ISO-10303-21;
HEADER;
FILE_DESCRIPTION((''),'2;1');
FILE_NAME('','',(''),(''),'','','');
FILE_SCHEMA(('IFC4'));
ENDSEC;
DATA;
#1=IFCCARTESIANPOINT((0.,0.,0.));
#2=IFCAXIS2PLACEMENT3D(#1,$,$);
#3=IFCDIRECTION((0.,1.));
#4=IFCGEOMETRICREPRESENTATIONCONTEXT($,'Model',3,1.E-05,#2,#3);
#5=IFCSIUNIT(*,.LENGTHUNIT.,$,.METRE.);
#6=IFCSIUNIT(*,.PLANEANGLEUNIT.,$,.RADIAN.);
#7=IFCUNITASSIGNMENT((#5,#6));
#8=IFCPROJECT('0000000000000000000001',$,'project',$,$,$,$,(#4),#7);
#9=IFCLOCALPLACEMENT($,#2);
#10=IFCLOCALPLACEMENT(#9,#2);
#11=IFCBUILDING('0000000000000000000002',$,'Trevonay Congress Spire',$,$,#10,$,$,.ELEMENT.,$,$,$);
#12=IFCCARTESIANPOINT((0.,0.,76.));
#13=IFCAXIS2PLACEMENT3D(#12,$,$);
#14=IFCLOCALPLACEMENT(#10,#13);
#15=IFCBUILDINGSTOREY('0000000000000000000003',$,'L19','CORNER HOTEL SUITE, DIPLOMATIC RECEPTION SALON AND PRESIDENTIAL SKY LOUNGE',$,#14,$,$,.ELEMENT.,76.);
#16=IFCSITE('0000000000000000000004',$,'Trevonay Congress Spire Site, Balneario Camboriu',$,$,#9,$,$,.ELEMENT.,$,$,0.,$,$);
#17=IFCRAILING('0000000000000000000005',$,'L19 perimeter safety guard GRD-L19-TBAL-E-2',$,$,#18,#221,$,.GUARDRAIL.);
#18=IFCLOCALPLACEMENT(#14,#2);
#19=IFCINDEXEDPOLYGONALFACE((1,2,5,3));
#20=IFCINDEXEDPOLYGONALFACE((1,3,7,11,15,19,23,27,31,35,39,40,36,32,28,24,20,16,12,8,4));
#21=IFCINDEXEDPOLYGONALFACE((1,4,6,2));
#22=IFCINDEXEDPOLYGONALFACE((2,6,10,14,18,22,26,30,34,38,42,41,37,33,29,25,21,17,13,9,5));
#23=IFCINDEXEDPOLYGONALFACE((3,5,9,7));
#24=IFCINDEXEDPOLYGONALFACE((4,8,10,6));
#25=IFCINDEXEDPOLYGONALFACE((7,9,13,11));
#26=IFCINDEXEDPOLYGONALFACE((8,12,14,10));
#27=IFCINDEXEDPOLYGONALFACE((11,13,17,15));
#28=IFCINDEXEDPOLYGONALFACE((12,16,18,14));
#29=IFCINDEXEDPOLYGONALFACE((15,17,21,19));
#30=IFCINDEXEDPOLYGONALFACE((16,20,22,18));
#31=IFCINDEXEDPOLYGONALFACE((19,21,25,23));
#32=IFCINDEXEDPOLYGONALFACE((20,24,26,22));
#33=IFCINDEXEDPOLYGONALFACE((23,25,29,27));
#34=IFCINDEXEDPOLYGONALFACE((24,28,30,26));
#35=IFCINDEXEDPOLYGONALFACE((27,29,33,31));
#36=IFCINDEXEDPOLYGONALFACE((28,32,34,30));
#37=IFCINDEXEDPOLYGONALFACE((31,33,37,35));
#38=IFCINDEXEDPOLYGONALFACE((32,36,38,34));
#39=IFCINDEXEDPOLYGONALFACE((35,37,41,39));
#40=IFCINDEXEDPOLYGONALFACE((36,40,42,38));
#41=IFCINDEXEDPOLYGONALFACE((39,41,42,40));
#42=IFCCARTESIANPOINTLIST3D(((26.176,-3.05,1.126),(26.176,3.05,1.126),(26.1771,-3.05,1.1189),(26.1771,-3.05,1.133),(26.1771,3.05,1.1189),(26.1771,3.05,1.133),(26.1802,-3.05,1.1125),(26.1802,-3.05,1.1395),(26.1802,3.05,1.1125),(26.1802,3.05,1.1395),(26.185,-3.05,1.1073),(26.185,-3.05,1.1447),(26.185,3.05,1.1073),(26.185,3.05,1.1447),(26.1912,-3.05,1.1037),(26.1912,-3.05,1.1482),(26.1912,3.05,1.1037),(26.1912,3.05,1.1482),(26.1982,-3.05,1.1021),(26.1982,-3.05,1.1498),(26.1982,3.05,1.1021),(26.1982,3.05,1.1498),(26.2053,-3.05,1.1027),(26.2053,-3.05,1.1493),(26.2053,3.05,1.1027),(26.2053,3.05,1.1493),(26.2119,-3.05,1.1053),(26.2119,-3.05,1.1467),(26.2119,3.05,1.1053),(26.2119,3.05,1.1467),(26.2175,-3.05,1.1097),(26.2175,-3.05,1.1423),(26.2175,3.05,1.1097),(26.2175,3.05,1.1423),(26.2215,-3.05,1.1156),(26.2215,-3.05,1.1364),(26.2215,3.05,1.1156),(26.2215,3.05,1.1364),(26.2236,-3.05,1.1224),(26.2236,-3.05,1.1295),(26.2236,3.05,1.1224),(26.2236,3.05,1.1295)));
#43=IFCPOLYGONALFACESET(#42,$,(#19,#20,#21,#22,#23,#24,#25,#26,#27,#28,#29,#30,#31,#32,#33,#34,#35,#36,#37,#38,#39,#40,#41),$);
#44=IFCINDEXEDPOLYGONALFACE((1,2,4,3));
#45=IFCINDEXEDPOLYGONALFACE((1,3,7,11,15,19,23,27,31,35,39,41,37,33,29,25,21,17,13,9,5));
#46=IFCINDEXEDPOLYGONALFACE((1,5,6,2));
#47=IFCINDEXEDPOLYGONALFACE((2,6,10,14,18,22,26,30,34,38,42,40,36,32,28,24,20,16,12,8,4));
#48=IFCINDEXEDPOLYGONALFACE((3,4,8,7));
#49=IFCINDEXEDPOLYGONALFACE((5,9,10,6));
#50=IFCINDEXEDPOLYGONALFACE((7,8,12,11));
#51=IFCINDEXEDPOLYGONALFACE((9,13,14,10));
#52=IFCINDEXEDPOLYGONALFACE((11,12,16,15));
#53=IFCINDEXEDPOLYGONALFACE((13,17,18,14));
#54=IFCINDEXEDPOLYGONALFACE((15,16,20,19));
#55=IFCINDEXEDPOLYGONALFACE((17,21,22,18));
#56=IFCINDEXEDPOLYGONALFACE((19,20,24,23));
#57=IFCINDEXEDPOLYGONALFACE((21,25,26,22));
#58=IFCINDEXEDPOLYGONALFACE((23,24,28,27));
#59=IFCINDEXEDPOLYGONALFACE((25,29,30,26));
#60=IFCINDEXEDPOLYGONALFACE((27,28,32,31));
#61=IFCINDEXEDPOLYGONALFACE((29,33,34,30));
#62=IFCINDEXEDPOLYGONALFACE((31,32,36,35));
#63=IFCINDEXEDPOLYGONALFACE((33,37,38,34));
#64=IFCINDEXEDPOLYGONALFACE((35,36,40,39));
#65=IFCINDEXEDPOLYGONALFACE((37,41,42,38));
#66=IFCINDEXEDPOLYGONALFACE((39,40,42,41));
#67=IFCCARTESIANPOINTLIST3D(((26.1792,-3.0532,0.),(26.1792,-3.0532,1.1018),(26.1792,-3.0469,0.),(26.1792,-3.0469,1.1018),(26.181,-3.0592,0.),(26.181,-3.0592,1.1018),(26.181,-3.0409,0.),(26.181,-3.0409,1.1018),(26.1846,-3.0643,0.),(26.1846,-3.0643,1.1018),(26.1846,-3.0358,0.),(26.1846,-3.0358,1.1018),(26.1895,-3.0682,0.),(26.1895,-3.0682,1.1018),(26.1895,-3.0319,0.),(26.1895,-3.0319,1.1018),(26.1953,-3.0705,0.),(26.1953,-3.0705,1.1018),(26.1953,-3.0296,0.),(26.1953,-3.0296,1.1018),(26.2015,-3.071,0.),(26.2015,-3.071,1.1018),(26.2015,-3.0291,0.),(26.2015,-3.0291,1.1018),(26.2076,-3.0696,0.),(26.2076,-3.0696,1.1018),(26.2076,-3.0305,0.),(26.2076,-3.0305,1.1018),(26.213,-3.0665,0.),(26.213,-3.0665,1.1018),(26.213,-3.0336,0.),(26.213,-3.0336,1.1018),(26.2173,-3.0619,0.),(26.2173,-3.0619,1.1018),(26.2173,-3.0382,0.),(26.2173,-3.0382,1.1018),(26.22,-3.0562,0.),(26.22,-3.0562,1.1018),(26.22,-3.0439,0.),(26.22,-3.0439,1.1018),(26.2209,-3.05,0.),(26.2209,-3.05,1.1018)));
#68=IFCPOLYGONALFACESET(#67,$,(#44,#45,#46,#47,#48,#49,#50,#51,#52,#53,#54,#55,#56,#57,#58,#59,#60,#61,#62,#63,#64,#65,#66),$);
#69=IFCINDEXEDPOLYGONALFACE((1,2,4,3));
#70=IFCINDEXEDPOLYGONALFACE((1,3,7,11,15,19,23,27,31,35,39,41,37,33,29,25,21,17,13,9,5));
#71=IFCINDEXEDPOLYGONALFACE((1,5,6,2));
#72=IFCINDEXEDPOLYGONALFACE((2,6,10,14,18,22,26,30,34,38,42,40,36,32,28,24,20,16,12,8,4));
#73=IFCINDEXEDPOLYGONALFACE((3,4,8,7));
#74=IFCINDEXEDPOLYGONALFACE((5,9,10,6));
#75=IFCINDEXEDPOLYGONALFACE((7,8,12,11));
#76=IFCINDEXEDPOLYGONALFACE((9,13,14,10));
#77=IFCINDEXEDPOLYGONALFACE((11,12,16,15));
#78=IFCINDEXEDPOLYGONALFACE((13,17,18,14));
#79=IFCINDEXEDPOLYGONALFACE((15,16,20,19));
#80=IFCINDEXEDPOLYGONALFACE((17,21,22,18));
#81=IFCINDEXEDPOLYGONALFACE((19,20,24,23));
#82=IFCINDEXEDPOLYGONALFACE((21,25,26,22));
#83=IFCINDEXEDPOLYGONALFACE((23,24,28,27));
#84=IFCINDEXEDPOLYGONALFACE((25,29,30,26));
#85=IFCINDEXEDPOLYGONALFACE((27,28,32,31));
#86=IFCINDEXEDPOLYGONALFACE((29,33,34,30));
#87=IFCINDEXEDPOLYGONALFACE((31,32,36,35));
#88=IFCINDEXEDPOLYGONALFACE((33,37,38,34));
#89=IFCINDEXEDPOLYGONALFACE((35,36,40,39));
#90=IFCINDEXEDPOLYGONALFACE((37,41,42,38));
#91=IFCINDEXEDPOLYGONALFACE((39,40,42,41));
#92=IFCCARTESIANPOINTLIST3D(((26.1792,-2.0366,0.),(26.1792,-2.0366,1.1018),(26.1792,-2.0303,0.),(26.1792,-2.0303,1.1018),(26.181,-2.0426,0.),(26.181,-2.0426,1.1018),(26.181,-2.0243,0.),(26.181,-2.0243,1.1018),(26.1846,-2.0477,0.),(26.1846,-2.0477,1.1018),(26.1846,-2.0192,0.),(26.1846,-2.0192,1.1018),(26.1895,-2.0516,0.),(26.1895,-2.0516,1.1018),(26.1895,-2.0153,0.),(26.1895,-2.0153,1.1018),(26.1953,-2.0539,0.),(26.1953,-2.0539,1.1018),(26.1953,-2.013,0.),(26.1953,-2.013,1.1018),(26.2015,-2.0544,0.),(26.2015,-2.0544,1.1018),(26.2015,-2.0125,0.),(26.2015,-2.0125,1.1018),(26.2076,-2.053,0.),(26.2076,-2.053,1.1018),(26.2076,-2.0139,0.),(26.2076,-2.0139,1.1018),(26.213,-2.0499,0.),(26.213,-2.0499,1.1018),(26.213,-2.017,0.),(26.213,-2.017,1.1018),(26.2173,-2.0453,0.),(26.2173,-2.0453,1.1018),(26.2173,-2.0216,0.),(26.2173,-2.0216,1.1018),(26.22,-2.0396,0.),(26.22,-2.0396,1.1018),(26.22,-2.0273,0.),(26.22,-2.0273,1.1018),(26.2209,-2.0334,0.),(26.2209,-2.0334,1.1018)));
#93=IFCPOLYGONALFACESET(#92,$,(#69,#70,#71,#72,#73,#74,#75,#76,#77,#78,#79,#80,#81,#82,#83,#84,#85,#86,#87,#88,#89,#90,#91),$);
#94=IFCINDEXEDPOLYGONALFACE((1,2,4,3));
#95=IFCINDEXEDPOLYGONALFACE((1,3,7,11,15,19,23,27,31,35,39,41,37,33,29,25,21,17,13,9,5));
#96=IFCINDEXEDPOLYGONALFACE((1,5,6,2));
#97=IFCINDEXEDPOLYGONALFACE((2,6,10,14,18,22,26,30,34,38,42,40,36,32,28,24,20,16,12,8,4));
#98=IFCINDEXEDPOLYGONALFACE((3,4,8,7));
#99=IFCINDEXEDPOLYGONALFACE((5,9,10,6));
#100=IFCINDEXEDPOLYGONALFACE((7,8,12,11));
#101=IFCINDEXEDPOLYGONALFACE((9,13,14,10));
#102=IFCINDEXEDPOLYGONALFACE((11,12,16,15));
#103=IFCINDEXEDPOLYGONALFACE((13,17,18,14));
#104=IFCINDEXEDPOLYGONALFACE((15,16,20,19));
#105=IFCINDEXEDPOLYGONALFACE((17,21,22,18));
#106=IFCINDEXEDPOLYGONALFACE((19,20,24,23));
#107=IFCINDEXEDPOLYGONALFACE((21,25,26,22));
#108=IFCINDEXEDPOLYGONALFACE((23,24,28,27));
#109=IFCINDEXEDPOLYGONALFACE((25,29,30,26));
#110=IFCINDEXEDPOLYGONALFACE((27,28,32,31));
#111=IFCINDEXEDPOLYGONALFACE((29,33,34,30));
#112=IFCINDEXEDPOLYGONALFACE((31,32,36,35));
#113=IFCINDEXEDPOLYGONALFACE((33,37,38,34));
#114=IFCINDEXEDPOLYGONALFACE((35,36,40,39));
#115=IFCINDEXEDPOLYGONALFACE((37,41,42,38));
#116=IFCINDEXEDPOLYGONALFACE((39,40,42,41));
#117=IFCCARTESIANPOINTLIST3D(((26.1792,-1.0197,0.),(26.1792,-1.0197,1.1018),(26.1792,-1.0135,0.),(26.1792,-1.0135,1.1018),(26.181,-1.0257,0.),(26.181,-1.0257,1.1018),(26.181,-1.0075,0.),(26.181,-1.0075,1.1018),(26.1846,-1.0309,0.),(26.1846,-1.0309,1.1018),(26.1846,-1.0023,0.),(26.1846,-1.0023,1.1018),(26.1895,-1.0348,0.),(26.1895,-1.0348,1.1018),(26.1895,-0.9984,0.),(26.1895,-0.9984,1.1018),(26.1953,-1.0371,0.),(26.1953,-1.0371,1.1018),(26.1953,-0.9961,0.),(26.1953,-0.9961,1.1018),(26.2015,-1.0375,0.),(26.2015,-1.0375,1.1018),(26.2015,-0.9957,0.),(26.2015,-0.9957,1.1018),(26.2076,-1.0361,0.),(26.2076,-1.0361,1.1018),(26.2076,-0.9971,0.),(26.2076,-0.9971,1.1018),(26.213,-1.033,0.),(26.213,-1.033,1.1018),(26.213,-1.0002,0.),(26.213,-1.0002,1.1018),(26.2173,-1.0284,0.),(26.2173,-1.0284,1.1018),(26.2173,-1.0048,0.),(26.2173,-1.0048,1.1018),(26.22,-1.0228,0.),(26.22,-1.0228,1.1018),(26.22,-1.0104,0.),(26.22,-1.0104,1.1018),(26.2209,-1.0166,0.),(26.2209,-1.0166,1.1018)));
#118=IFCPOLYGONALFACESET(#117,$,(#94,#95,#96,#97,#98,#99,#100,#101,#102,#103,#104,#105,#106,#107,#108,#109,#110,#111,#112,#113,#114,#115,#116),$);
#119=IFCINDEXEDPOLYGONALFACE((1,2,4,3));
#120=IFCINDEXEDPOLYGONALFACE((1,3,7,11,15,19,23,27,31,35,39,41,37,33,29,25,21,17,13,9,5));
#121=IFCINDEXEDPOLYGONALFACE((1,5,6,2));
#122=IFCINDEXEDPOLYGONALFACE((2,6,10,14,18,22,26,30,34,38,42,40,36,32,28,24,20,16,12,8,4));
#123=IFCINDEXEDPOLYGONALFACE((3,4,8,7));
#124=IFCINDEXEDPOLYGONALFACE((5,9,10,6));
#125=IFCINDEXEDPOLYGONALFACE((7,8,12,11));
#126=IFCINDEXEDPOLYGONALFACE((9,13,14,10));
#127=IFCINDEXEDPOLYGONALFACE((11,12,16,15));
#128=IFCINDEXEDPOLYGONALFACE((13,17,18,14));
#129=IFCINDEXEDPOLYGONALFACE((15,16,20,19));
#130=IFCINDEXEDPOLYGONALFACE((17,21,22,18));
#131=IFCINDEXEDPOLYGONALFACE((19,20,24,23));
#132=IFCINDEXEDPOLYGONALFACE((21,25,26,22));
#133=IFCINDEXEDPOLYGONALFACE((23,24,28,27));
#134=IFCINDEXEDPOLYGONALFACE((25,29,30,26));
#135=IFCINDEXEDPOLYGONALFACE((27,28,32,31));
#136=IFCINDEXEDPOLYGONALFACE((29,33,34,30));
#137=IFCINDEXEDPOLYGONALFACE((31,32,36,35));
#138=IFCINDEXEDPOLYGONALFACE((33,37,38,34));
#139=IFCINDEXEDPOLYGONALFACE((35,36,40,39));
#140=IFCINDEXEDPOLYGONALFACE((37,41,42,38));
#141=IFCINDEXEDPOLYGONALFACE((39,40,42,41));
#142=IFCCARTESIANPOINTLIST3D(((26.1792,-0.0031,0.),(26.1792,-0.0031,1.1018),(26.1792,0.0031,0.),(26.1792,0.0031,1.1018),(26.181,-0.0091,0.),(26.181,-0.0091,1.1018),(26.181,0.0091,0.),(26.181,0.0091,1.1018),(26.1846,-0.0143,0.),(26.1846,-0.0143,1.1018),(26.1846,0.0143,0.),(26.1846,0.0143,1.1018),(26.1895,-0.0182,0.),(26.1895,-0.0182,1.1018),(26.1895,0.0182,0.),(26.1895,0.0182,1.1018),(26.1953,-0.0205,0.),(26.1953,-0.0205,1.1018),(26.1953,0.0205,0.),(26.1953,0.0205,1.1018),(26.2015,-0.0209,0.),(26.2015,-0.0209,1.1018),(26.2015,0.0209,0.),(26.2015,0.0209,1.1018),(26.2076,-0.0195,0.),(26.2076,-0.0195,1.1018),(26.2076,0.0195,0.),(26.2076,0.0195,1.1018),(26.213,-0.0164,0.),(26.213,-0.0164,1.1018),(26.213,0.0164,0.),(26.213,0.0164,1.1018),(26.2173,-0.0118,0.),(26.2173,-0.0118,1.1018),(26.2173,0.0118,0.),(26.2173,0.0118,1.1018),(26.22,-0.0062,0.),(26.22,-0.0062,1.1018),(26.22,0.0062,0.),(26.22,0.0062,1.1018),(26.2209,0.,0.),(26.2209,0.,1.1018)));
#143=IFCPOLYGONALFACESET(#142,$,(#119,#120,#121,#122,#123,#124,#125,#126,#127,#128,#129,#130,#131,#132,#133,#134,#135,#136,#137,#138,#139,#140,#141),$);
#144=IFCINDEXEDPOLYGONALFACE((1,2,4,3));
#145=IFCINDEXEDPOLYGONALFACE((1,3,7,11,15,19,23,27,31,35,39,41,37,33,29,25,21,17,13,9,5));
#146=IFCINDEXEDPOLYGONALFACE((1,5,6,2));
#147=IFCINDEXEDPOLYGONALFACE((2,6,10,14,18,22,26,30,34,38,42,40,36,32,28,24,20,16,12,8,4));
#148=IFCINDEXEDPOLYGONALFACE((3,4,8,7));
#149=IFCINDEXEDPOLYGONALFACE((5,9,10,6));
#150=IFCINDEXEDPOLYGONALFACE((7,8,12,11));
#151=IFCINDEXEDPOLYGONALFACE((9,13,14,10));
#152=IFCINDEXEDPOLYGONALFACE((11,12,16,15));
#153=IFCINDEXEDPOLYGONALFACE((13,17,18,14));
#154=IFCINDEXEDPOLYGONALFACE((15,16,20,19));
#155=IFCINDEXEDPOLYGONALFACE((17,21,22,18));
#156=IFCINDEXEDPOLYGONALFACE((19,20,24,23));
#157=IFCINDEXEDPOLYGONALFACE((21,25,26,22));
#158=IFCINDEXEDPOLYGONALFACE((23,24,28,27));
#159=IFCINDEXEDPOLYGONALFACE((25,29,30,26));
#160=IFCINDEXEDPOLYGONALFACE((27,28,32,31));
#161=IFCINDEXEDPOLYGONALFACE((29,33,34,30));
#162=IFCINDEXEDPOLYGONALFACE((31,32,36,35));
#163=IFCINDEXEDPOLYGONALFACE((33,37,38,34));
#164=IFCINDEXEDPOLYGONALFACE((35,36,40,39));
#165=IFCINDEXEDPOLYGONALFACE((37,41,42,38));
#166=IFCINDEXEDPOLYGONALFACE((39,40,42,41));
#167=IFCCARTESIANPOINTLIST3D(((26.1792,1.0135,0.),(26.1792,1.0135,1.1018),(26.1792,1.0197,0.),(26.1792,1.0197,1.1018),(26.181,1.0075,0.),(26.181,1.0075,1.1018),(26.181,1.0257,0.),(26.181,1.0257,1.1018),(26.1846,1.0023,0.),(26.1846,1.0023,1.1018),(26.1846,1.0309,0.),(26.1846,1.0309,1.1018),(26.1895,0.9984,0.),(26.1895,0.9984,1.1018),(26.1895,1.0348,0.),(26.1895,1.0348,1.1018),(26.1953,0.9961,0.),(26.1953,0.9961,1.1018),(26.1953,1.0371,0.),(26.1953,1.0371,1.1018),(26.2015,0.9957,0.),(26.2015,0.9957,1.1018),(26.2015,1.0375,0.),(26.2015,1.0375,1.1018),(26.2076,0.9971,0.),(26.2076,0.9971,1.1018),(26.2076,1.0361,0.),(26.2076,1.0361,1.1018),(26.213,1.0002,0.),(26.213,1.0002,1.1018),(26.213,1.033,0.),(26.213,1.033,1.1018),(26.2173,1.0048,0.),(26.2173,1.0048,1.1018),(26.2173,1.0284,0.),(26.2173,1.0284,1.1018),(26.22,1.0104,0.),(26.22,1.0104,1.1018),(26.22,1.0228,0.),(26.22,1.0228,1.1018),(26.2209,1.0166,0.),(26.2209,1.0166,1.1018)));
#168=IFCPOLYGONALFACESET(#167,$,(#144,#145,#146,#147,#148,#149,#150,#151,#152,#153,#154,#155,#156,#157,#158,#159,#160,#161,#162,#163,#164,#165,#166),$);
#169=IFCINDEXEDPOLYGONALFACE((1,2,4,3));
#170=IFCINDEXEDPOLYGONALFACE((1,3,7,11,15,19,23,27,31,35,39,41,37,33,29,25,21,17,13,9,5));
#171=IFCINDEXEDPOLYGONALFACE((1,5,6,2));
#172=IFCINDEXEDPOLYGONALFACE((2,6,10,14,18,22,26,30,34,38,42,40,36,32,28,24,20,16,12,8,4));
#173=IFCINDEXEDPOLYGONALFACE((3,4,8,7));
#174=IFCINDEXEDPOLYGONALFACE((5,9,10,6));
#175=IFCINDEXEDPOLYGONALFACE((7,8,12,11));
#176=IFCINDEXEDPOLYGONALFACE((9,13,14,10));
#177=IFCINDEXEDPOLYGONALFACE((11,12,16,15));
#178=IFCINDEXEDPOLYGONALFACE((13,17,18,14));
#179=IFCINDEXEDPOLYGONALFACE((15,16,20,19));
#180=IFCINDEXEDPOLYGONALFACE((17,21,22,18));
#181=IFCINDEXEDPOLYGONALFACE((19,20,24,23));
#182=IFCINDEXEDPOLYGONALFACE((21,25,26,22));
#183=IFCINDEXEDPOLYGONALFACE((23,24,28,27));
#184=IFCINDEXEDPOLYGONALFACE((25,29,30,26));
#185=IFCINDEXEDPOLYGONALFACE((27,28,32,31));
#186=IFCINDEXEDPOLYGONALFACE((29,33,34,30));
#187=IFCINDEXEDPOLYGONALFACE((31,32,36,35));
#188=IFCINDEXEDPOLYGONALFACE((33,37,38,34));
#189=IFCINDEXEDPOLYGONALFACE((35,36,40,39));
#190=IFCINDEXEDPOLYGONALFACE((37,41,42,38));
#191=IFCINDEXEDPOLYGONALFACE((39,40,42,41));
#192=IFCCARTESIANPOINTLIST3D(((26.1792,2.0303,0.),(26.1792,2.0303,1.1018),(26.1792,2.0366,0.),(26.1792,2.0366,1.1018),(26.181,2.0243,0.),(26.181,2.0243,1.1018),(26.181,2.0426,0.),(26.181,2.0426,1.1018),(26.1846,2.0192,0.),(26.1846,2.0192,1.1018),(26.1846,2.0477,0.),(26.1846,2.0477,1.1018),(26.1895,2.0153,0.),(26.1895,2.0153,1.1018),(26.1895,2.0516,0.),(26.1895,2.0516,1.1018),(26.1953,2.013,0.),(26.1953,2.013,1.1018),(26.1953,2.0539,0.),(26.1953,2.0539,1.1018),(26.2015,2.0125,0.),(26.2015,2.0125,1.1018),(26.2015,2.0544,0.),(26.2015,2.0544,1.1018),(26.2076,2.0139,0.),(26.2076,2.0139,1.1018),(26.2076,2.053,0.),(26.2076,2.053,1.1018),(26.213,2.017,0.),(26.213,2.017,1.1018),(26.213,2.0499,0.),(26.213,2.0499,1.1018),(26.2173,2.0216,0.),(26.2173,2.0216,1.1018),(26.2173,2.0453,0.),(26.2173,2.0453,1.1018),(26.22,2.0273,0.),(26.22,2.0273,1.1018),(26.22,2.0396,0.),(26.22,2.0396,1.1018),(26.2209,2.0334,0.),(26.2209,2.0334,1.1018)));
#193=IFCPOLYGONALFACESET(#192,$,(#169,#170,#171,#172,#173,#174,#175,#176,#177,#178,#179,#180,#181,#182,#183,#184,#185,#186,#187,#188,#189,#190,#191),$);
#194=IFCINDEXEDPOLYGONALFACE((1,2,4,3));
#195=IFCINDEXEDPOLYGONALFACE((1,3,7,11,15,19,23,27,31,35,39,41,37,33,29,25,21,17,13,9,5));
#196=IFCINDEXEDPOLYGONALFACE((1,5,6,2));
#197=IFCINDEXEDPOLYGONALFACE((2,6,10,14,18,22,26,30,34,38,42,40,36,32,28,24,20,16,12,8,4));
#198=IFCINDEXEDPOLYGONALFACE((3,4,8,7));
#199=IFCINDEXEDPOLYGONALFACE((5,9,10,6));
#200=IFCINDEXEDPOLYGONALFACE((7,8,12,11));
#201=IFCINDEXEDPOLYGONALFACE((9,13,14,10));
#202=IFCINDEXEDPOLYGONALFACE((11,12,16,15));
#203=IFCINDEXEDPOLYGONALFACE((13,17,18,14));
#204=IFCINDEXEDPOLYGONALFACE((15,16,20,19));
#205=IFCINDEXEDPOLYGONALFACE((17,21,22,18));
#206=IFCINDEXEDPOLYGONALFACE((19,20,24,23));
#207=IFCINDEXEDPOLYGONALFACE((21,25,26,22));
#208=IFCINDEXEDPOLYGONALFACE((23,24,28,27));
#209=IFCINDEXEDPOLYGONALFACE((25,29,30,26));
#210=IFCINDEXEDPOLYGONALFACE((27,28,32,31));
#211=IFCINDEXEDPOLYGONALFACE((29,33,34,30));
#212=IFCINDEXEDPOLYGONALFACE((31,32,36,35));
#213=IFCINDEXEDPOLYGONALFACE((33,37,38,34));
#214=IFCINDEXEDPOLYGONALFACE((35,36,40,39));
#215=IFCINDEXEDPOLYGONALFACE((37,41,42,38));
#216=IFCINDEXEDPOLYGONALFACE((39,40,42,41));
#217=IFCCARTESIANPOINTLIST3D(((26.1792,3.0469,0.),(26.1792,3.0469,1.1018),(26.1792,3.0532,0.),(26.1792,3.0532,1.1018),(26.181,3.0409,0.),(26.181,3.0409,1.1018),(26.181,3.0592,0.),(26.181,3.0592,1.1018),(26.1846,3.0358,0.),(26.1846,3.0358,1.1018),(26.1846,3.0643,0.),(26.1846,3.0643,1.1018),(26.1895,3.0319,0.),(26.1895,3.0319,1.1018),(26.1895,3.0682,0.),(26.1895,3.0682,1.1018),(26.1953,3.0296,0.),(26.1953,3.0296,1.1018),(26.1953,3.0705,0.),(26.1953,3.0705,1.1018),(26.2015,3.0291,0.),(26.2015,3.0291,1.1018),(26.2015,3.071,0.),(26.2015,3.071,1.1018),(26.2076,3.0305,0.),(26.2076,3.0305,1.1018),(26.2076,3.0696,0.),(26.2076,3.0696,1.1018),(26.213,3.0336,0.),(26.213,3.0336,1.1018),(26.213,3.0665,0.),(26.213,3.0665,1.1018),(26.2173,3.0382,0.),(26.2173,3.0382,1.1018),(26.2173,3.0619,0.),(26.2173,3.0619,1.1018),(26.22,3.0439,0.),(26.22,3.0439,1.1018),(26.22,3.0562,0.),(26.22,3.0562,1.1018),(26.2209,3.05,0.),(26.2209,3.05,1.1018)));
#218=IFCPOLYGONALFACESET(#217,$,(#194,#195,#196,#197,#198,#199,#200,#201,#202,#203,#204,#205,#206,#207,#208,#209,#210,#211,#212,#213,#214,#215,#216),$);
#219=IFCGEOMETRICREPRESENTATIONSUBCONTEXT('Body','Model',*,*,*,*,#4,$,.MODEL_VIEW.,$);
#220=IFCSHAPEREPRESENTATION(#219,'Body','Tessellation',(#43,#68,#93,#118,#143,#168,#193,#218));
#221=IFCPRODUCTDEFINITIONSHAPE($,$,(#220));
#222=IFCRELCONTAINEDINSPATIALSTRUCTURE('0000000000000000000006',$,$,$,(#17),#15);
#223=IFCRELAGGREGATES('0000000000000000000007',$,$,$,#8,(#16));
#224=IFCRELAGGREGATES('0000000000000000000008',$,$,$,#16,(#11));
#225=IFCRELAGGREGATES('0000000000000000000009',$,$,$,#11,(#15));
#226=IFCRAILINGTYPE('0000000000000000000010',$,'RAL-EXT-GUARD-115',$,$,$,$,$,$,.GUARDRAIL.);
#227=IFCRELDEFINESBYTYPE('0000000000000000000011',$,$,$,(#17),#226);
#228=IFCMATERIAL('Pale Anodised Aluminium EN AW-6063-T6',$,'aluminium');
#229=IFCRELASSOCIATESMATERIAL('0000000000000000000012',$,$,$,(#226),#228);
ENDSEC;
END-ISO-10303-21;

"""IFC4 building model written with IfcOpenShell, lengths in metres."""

from ifc_helpers import new_model, si_unit, direction, frame, origin, origin_2d, place, context, subcontext, project, spatial, circle, extrude, material, type_object, element, save


model = new_model("IFC4")

# Units and contexts
model_context = context("Model", 3, precision=1e-05, world=origin(), true_north=direction((0.0, 1.0)))
body_context = subcontext(model_context, "Body", "Model", "MODEL_VIEW")
ifc_project = project(units=[si_unit("LENGTHUNIT", "METRE"), si_unit("PLANEANGLEUNIT", "RADIAN")], contexts=[model_context])

# Site, building, storey
site_placement = place(None, origin())
site = spatial("IfcSite", under=ifc_project, at=site_placement, Name="Trevonay Congress Spire Site, Balneario Camboriu", CompositionType="ELEMENT", RefElevation=0.0)
building_placement = place(site_placement, origin())
building = spatial("IfcBuilding", under=site, at=building_placement, Name="Trevonay Congress Spire", CompositionType="ELEMENT")
storey_placement = place(building_placement, frame((0.0, 0.0, 76.0)))
storey = spatial("IfcBuildingStorey", under=building, at=storey_placement, Name="L19", Description="CORNER HOTEL SUITE, DIPLOMATIC RECEPTION SALON AND PRESIDENTIAL SKY LOUNGE", CompositionType="ELEMENT", Elevation=76.0)

# Shared definitions
ifc_material_1 = material(Name="Pale Anodised Aluminium EN AW-6063-T6", Category="aluminium")

# Railing
railing_type = type_object("IfcRailingType", Name="RAL-EXT-GUARD-115", PredefinedType="GUARDRAIL", material=ifc_material_1)
railing_1_placement = place(storey_placement, frame((26.2, -3.05, 0.0)))
element("IfcRailing", 1, at=railing_1_placement, inside=storey, type_object=railing_type, Name="L19 perimeter safety guard GRD-L19-TBAL-E-2", PredefinedType="GUARDRAIL", context=body_context, shape_type="SweptSolid", body=[
    extrude(circle(Radius=0.0239, at=origin_2d()), frame((0.0, 0.0, 1.126), z_axis=(0.0, 1.0, 0.0), x_axis=(-1.0, 0.0, 0.0)), (0.0, 0.0, 1.0), 6.1001),
    extrude(circle(Radius=0.021, at=origin_2d()), origin(), (0.0, 0.0, 1.0), 1.1018),
    extrude(circle(Radius=0.021, at=origin_2d()), frame((0.0, 1.0166, 0.0)), (0.0, 0.0, 1.0), 1.1018),
    extrude(circle(Radius=0.021, at=origin_2d()), frame((0.0, 2.0334, 0.0)), (0.0, 0.0, 1.0), 1.1018),
    extrude(circle(Radius=0.021, at=origin_2d()), frame((0.0, 3.05, 0.0)), (0.0, 0.0, 1.0), 1.1018),
    extrude(circle(Radius=0.021, at=origin_2d()), frame((0.0, 4.0667, 0.0)), (0.0, 0.0, 1.0), 1.1018),
    extrude(circle(Radius=0.021, at=origin_2d()), frame((0.0, 5.0835, 0.0)), (0.0, 0.0, 1.0), 1.1018),
    extrude(circle(Radius=0.021, at=origin_2d()), frame((0.0, 6.1001, 0.0)), (0.0, 0.0, 1.0), 1.1018),
])

save(model, "model.ifc")
